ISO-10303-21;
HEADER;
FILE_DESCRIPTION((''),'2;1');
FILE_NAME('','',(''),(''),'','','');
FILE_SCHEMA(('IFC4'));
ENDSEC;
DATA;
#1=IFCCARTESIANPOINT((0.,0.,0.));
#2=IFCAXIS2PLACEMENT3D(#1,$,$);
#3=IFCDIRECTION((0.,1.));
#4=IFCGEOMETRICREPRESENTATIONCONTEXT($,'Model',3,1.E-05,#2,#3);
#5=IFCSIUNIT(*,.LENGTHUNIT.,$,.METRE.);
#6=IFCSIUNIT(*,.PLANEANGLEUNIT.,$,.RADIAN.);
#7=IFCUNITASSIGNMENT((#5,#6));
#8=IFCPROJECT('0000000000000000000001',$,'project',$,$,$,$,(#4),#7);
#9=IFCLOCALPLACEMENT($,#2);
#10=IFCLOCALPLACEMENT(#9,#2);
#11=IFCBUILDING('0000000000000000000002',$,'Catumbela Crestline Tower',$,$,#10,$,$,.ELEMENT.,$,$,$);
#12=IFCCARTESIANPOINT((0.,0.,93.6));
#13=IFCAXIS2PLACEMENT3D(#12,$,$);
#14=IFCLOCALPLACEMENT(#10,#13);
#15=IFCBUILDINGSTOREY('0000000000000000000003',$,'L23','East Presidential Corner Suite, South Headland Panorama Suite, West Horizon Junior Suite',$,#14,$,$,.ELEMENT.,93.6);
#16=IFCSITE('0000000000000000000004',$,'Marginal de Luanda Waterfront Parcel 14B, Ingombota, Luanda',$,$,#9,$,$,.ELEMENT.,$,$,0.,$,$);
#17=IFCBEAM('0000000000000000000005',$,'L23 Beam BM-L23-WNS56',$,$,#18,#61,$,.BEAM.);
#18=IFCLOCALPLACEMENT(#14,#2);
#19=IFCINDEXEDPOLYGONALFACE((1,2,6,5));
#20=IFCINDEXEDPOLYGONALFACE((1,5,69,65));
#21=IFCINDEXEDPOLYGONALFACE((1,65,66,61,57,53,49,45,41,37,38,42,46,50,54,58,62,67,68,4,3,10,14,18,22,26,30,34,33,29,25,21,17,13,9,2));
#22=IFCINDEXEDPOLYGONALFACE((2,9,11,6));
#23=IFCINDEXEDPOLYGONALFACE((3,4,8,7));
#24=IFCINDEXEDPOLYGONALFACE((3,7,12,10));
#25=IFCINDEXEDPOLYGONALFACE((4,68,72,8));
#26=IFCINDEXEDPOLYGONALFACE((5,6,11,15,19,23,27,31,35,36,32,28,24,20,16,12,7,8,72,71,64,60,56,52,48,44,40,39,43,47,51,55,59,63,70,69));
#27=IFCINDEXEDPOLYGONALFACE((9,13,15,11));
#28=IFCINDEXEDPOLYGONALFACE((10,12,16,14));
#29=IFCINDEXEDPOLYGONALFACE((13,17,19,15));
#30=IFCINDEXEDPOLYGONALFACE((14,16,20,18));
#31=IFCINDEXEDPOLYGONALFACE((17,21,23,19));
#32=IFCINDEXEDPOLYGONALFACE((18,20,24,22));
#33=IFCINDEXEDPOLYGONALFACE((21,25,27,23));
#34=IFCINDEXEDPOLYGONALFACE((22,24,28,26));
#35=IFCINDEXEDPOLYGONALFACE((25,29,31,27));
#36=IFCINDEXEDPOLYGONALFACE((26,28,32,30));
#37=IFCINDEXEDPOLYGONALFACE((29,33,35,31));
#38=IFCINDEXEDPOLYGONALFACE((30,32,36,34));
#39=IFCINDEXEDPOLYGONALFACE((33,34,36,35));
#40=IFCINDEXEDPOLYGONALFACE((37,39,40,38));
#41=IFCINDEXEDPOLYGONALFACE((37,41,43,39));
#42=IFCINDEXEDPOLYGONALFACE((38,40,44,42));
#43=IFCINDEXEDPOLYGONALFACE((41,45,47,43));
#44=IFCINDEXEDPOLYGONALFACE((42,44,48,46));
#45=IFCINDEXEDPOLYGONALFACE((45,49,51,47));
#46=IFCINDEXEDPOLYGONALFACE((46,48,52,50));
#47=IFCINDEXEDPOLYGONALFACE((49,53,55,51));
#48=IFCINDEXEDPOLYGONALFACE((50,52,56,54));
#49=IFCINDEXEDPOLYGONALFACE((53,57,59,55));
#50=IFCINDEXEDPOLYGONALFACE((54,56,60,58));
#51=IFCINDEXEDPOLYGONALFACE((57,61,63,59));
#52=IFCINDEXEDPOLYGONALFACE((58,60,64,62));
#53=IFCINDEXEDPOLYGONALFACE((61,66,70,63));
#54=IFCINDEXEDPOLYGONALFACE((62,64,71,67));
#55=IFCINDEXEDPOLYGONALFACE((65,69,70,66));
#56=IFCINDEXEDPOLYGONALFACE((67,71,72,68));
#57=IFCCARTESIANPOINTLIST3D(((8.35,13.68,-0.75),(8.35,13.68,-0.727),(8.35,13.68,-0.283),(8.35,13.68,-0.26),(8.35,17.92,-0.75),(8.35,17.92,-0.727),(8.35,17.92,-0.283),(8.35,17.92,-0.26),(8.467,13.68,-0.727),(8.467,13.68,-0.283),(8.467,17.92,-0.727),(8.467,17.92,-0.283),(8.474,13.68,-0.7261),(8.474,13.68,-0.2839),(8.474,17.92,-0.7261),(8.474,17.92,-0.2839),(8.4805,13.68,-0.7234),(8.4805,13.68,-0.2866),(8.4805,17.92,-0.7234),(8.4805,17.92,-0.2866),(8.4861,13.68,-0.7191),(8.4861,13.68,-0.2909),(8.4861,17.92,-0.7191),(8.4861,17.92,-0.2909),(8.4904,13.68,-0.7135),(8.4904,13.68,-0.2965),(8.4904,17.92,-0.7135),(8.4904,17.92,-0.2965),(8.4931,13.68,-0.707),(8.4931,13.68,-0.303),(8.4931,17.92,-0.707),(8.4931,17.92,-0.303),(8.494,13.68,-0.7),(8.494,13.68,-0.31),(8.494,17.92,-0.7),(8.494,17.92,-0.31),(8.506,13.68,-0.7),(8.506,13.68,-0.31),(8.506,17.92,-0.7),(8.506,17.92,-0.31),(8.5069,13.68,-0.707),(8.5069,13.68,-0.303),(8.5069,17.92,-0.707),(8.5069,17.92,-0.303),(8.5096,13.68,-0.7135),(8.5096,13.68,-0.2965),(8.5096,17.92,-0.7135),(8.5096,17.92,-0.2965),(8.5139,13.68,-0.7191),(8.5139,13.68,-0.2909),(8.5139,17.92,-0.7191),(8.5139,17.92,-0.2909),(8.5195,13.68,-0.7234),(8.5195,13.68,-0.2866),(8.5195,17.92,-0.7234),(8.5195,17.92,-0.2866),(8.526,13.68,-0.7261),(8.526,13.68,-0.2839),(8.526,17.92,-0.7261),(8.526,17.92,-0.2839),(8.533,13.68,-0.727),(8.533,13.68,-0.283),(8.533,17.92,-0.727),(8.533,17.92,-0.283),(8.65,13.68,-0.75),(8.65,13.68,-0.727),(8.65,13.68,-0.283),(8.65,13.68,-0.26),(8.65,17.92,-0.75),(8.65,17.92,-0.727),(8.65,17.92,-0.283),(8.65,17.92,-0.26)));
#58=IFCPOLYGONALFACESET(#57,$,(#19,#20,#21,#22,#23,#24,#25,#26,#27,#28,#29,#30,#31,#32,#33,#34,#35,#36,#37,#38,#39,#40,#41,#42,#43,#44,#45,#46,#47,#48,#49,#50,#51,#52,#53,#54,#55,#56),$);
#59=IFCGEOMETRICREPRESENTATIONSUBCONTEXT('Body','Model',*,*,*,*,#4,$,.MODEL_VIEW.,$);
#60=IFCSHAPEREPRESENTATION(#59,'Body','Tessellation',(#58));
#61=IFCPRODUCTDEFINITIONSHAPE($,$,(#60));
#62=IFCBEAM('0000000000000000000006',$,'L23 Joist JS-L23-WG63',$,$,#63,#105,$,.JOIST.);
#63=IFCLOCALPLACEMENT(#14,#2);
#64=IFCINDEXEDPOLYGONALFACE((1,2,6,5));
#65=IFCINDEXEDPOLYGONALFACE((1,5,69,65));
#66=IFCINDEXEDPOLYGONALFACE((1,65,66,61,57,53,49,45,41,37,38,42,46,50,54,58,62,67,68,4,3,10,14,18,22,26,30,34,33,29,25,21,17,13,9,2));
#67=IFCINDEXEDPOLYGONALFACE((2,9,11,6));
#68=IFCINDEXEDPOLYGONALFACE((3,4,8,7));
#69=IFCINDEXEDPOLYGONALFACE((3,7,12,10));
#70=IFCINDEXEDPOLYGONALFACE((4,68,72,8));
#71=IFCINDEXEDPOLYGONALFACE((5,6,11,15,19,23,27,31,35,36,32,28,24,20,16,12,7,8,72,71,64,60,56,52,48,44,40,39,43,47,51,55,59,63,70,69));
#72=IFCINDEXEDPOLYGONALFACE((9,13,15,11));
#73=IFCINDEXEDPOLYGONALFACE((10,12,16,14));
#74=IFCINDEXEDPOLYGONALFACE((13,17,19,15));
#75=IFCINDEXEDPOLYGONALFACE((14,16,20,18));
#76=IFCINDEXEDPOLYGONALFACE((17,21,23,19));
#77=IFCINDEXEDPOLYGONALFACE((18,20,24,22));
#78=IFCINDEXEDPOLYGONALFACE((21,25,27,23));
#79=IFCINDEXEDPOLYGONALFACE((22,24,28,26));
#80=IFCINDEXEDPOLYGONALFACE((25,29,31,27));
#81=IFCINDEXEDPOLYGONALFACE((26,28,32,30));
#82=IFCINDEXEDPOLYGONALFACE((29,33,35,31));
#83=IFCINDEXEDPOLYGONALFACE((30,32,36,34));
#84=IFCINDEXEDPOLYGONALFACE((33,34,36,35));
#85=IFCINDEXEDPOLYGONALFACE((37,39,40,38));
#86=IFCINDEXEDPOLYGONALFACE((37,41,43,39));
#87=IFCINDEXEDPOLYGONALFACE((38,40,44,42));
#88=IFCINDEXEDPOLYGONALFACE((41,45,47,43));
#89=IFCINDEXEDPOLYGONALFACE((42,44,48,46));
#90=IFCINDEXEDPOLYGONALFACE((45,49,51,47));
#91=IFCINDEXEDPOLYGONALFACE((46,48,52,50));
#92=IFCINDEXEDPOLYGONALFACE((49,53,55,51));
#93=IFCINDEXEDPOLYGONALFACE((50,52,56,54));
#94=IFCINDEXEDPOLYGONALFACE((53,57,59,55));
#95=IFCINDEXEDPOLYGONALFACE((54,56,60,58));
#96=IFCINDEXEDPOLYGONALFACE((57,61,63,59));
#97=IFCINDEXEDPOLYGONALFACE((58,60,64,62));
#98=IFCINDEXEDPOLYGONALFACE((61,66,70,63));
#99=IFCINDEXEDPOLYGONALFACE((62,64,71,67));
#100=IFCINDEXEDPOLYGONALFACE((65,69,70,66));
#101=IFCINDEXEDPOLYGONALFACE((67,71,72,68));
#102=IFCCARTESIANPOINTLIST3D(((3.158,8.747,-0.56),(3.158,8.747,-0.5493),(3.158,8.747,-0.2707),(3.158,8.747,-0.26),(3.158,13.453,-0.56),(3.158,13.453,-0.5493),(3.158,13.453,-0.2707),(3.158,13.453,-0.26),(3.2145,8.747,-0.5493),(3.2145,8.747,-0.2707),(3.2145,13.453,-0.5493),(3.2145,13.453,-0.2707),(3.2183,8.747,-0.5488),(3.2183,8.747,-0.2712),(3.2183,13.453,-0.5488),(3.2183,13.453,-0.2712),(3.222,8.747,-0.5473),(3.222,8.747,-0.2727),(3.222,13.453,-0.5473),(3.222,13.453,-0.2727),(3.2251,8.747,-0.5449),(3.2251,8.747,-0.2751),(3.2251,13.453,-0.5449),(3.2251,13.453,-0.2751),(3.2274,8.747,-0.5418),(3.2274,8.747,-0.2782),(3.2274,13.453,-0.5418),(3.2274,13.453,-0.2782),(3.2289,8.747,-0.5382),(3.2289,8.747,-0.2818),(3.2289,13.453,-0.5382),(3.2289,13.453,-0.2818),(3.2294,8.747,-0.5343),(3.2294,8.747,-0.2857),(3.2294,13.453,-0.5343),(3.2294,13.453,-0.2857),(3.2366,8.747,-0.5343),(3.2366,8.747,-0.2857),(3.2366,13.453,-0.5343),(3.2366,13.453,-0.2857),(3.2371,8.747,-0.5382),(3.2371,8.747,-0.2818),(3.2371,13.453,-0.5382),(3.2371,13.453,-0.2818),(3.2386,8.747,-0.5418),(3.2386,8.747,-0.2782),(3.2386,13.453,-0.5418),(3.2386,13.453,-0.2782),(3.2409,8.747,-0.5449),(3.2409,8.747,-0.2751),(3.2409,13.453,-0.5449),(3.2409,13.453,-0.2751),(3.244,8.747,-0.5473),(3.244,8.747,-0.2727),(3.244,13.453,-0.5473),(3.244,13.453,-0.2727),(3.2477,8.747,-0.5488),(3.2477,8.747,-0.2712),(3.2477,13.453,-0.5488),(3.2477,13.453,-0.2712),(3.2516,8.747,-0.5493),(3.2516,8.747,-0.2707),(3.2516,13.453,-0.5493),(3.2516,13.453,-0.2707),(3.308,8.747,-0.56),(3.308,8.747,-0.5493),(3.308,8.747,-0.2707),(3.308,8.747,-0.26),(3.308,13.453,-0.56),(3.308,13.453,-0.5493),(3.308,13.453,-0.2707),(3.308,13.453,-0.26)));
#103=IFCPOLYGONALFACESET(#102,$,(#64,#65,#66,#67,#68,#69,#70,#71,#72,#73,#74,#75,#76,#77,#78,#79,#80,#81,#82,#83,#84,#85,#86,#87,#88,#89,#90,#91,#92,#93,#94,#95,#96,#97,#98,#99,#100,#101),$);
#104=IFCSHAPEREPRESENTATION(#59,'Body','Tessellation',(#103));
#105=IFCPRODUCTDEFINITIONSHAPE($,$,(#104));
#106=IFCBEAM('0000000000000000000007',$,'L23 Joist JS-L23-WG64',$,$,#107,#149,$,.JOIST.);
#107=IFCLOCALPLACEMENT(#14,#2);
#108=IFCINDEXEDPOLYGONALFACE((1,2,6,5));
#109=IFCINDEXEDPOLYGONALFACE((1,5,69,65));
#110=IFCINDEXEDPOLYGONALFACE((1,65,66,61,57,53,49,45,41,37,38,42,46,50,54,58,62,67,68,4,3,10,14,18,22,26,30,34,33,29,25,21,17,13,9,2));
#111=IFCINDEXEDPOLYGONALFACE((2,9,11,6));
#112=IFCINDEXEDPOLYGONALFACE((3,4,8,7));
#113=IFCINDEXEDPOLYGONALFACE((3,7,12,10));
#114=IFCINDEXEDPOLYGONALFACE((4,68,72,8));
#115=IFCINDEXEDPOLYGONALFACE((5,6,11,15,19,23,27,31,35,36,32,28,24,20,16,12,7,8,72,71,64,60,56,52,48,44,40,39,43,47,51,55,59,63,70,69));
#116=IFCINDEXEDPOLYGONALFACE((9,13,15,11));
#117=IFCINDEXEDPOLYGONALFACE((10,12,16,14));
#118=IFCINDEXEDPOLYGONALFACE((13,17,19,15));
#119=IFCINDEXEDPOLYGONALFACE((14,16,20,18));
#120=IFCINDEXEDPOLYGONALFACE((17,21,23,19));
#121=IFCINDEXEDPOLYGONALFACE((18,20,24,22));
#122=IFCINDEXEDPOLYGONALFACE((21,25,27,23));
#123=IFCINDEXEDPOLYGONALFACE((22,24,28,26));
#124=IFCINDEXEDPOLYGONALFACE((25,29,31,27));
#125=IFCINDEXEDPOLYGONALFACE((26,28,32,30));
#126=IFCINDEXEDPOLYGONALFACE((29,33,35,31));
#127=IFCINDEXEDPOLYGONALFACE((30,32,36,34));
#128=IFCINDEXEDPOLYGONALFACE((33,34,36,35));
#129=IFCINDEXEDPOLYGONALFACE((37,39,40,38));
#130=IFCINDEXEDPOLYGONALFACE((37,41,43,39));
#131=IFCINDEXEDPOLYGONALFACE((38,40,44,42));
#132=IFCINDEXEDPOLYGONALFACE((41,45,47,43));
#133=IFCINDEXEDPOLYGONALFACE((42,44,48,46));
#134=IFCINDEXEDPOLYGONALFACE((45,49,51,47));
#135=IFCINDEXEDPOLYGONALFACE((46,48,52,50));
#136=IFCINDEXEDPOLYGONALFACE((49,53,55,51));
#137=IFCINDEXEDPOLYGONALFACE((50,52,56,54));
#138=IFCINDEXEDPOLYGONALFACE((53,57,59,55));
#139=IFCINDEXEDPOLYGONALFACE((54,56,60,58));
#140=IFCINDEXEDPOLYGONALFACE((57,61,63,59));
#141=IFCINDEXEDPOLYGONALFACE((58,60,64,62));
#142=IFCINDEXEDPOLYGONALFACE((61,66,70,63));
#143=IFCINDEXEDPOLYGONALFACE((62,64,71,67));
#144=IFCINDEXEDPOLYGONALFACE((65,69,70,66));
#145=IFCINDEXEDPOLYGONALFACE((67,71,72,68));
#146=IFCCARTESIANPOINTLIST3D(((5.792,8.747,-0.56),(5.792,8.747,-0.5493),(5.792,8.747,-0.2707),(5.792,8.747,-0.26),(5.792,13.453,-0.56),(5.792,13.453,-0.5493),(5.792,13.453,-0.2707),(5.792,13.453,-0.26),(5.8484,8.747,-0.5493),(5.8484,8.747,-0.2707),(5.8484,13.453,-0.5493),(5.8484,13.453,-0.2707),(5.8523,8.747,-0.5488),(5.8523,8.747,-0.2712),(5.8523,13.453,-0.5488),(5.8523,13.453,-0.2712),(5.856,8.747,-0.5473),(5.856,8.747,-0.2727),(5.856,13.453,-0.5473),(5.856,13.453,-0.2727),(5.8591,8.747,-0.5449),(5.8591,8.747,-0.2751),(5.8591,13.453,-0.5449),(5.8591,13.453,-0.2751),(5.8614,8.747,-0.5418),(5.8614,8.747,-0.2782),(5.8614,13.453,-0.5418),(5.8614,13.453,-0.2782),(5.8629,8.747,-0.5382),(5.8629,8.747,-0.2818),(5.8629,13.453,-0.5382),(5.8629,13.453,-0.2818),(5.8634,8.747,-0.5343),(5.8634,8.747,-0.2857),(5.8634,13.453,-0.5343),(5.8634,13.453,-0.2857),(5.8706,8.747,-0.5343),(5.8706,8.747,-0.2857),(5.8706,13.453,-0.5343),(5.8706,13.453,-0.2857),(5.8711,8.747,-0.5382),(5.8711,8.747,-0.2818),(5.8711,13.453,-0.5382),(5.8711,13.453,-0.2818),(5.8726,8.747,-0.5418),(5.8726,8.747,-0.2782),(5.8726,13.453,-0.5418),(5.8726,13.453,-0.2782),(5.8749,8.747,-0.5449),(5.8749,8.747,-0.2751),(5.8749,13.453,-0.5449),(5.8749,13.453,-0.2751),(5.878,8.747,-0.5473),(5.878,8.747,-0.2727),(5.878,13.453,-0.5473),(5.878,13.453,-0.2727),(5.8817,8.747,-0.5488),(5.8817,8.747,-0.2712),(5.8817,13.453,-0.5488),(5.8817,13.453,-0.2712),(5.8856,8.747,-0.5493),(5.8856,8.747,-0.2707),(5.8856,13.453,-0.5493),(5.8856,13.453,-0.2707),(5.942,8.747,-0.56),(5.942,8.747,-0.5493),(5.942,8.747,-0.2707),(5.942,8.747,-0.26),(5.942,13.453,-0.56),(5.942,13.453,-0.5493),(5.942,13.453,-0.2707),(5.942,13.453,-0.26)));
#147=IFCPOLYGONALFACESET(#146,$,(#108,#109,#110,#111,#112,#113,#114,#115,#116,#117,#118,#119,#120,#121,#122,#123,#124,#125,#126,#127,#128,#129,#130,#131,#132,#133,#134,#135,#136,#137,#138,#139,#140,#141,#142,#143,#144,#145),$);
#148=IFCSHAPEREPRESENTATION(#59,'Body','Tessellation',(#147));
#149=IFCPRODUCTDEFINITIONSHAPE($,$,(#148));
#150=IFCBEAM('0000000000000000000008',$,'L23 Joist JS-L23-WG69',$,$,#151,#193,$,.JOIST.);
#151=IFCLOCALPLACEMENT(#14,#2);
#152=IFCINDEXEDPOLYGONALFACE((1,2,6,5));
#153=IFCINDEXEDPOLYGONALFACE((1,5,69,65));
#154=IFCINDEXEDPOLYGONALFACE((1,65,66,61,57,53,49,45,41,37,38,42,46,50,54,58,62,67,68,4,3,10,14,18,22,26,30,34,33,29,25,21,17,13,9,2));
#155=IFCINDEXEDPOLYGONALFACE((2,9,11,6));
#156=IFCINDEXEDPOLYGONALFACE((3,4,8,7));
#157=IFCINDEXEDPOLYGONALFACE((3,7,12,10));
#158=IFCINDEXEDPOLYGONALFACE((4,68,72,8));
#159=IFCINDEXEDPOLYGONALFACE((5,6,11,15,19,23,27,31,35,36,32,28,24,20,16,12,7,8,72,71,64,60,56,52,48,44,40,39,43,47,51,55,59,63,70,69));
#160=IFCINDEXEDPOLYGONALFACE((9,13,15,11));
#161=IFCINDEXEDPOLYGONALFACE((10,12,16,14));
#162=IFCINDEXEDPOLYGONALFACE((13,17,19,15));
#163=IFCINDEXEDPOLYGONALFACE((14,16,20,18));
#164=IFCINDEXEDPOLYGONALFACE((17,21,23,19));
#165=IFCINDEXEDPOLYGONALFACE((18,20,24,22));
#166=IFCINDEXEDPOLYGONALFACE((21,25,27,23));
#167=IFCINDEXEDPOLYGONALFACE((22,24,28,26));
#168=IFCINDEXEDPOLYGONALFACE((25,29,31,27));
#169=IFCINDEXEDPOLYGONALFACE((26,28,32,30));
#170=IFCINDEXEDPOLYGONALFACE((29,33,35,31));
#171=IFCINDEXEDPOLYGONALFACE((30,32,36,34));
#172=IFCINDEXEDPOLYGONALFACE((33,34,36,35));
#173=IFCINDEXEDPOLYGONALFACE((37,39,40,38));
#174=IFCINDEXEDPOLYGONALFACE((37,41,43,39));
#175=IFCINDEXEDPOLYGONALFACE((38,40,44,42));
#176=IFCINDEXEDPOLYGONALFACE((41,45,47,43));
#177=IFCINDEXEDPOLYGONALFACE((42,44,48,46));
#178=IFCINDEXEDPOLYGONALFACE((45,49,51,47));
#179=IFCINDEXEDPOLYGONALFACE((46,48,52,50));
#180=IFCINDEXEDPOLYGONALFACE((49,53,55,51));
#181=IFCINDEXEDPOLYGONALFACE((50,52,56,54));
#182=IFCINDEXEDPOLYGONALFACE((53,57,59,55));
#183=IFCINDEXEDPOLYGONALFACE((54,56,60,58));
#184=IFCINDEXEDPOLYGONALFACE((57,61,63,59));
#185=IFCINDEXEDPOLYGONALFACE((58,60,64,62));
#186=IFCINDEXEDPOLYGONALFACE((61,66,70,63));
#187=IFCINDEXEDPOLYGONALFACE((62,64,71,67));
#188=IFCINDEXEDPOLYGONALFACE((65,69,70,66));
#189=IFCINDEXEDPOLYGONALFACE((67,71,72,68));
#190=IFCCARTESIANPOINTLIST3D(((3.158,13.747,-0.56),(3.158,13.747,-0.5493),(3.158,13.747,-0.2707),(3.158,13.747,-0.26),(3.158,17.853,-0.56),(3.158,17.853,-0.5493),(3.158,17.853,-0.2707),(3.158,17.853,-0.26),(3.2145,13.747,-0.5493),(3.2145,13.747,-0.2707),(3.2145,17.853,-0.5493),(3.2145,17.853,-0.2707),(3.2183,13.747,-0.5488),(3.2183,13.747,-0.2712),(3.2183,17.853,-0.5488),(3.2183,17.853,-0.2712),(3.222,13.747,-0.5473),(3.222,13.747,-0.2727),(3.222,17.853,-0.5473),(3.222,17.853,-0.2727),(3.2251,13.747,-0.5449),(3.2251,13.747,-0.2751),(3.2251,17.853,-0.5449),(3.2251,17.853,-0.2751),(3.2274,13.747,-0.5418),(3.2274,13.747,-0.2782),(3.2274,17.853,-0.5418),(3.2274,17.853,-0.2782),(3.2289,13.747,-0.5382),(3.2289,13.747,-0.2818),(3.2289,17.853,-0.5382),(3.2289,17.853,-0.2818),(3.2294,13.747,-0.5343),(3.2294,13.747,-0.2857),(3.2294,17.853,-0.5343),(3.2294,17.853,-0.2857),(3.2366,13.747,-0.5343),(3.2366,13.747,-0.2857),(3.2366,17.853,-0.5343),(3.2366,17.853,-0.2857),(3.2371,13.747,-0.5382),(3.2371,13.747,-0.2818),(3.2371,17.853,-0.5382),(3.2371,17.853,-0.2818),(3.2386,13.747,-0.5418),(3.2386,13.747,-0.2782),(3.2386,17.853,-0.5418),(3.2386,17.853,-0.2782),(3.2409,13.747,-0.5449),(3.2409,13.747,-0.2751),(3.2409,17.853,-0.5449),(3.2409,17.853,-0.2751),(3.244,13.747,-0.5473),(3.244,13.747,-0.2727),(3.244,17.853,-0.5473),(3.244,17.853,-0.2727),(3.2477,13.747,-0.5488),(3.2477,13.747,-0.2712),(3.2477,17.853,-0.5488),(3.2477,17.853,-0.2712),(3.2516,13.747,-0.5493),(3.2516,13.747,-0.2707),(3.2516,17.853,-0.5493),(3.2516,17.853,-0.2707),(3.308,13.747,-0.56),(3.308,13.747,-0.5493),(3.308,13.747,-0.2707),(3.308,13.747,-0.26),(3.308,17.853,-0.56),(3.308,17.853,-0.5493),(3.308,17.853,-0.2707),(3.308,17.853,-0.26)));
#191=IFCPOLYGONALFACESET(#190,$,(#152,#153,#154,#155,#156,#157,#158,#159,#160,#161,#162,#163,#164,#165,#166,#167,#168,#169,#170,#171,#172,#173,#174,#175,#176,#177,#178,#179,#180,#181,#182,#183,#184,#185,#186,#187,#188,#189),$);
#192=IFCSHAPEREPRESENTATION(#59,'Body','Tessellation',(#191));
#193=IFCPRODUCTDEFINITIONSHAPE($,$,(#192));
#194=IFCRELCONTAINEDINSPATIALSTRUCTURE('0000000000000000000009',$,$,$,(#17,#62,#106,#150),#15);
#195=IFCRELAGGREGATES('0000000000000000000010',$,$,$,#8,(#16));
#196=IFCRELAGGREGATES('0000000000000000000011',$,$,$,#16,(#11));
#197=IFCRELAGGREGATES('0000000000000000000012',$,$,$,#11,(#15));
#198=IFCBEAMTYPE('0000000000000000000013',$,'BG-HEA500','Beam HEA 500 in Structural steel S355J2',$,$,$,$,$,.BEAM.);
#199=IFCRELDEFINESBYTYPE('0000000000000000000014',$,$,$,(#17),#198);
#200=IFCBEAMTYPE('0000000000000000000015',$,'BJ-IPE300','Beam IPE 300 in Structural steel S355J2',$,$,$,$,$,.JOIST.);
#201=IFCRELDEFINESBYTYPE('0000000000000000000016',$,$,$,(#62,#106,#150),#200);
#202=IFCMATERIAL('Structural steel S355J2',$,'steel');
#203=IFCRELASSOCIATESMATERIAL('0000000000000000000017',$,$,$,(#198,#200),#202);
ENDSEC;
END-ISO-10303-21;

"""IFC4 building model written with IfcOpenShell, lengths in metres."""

from ifc_helpers import new_model, si_unit, direction, frame, origin, origin_2d, place, context, subcontext, project, spatial, i_section, extrude, material, material_profile, profile_set, type_object, element, save


model = new_model("IFC4")

# Units and contexts
model_context = context("Model", 3, precision=1e-05, world=origin(), true_north=direction((0.0, 1.0)))
body_context = subcontext(model_context, "Body", "Model", "MODEL_VIEW")
ifc_project = project(units=[si_unit("LENGTHUNIT", "METRE"), si_unit("PLANEANGLEUNIT", "RADIAN")], contexts=[model_context])

# Site, building, storey
site_placement = place(None, origin())
site = spatial("IfcSite", under=ifc_project, at=site_placement, Name="Marginal de Luanda Waterfront Parcel 14B, Ingombota, Luanda", CompositionType="ELEMENT", RefElevation=0.0)
building_placement = place(site_placement, origin())
building = spatial("IfcBuilding", under=site, at=building_placement, Name="Catumbela Crestline Tower", CompositionType="ELEMENT")
storey_placement = place(building_placement, frame((0.0, 0.0, 93.6)))
storey = spatial("IfcBuildingStorey", under=building, at=storey_placement, Name="L23", Description="East Presidential Corner Suite, South Headland Panorama Suite, West Horizon Junior Suite", CompositionType="ELEMENT", Elevation=93.6)

# Beams
ifc_material_1 = material(Name="Structural steel S355J2", Category="steel")
ifc_material_profile_1 = material_profile(ifc_material_1, i_section(OverallWidth=0.3, OverallDepth=0.49, WebThickness=0.012, FlangeThickness=0.023, FilletRadius=0.027, at=origin_2d()), Name="HEA 500")
ifc_profile_set_1 = profile_set([ifc_material_profile_1], Name="Structural steel S355J2")
beam_type_1 = type_object("IfcBeamType", Name="BG-HEA500", Description="Beam HEA 500 in Structural steel S355J2", PredefinedType="BEAM", material=ifc_profile_set_1)
beam_1_placement = place(storey_placement, frame((8.5, 13.68, -0.505), z_axis=(0.0, 1.0, 0.0), x_axis=(-1.0, 0.0, 0.0)))
element("IfcBeam", 1, at=beam_1_placement, inside=storey, type_object=beam_type_1, Name="L23 Beam BM-L23-WNS56", PredefinedType="BEAM", context=body_context, shape_type="SweptSolid", body=[
    extrude(i_section(OverallWidth=0.3, OverallDepth=0.49, WebThickness=0.012, FlangeThickness=0.023, FilletRadius=0.027, at=origin_2d()), origin(), (0.0, 0.0, 1.0), 4.24),
])
ifc_material_profile_2 = material_profile(ifc_material_1, i_section(OverallWidth=0.15, OverallDepth=0.3, WebThickness=0.0071, FlangeThickness=0.0107, FilletRadius=0.015, at=origin_2d()), Name="IPE 300")
ifc_profile_set_2 = profile_set([ifc_material_profile_2], Name="Structural steel S355J2")
beam_type_2 = type_object("IfcBeamType", Name="BJ-IPE300", Description="Beam IPE 300 in Structural steel S355J2", PredefinedType="JOIST", material=ifc_profile_set_2)
for number, where, z_axis, x_axis, name in (
    (2, (3.233, 8.747, -0.41), (0.0, 1.0, 0.0), (-1.0, 0.0, 0.0), "L23 Joist JS-L23-WG63"),
    (3, (5.867, 8.747, -0.41), (0.0, 1.0, 0.0), (-1.0, 0.0, 0.0), "L23 Joist JS-L23-WG64"),
):
    element("IfcBeam", number, at=place(storey_placement, frame(where, z_axis=z_axis, x_axis=x_axis)), inside=storey, type_object=beam_type_2, Name=name, PredefinedType="JOIST", context=body_context, shape_type="SweptSolid", body=[
        extrude(i_section(OverallWidth=0.15, OverallDepth=0.3, WebThickness=0.0071, FlangeThickness=0.0107, FilletRadius=0.015, at=origin_2d()), origin(), (0.0, 0.0, 1.0), 4.706),
    ])
for number, where, z_axis, x_axis, name in (
    (4, (3.233, 13.747, -0.41), (0.0, 1.0, 0.0), (-1.0, 0.0, 0.0), "L23 Joist JS-L23-WG69"),
):
    element("IfcBeam", number, at=place(storey_placement, frame(where, z_axis=z_axis, x_axis=x_axis)), inside=storey, type_object=beam_type_2, Name=name, PredefinedType="JOIST", context=body_context, shape_type="SweptSolid", body=[
        extrude(i_section(OverallWidth=0.15, OverallDepth=0.3, WebThickness=0.0071, FlangeThickness=0.0107, FilletRadius=0.015, at=origin_2d()), origin(), (0.0, 0.0, 1.0), 4.106),
    ])

save(model, "model.ifc")
